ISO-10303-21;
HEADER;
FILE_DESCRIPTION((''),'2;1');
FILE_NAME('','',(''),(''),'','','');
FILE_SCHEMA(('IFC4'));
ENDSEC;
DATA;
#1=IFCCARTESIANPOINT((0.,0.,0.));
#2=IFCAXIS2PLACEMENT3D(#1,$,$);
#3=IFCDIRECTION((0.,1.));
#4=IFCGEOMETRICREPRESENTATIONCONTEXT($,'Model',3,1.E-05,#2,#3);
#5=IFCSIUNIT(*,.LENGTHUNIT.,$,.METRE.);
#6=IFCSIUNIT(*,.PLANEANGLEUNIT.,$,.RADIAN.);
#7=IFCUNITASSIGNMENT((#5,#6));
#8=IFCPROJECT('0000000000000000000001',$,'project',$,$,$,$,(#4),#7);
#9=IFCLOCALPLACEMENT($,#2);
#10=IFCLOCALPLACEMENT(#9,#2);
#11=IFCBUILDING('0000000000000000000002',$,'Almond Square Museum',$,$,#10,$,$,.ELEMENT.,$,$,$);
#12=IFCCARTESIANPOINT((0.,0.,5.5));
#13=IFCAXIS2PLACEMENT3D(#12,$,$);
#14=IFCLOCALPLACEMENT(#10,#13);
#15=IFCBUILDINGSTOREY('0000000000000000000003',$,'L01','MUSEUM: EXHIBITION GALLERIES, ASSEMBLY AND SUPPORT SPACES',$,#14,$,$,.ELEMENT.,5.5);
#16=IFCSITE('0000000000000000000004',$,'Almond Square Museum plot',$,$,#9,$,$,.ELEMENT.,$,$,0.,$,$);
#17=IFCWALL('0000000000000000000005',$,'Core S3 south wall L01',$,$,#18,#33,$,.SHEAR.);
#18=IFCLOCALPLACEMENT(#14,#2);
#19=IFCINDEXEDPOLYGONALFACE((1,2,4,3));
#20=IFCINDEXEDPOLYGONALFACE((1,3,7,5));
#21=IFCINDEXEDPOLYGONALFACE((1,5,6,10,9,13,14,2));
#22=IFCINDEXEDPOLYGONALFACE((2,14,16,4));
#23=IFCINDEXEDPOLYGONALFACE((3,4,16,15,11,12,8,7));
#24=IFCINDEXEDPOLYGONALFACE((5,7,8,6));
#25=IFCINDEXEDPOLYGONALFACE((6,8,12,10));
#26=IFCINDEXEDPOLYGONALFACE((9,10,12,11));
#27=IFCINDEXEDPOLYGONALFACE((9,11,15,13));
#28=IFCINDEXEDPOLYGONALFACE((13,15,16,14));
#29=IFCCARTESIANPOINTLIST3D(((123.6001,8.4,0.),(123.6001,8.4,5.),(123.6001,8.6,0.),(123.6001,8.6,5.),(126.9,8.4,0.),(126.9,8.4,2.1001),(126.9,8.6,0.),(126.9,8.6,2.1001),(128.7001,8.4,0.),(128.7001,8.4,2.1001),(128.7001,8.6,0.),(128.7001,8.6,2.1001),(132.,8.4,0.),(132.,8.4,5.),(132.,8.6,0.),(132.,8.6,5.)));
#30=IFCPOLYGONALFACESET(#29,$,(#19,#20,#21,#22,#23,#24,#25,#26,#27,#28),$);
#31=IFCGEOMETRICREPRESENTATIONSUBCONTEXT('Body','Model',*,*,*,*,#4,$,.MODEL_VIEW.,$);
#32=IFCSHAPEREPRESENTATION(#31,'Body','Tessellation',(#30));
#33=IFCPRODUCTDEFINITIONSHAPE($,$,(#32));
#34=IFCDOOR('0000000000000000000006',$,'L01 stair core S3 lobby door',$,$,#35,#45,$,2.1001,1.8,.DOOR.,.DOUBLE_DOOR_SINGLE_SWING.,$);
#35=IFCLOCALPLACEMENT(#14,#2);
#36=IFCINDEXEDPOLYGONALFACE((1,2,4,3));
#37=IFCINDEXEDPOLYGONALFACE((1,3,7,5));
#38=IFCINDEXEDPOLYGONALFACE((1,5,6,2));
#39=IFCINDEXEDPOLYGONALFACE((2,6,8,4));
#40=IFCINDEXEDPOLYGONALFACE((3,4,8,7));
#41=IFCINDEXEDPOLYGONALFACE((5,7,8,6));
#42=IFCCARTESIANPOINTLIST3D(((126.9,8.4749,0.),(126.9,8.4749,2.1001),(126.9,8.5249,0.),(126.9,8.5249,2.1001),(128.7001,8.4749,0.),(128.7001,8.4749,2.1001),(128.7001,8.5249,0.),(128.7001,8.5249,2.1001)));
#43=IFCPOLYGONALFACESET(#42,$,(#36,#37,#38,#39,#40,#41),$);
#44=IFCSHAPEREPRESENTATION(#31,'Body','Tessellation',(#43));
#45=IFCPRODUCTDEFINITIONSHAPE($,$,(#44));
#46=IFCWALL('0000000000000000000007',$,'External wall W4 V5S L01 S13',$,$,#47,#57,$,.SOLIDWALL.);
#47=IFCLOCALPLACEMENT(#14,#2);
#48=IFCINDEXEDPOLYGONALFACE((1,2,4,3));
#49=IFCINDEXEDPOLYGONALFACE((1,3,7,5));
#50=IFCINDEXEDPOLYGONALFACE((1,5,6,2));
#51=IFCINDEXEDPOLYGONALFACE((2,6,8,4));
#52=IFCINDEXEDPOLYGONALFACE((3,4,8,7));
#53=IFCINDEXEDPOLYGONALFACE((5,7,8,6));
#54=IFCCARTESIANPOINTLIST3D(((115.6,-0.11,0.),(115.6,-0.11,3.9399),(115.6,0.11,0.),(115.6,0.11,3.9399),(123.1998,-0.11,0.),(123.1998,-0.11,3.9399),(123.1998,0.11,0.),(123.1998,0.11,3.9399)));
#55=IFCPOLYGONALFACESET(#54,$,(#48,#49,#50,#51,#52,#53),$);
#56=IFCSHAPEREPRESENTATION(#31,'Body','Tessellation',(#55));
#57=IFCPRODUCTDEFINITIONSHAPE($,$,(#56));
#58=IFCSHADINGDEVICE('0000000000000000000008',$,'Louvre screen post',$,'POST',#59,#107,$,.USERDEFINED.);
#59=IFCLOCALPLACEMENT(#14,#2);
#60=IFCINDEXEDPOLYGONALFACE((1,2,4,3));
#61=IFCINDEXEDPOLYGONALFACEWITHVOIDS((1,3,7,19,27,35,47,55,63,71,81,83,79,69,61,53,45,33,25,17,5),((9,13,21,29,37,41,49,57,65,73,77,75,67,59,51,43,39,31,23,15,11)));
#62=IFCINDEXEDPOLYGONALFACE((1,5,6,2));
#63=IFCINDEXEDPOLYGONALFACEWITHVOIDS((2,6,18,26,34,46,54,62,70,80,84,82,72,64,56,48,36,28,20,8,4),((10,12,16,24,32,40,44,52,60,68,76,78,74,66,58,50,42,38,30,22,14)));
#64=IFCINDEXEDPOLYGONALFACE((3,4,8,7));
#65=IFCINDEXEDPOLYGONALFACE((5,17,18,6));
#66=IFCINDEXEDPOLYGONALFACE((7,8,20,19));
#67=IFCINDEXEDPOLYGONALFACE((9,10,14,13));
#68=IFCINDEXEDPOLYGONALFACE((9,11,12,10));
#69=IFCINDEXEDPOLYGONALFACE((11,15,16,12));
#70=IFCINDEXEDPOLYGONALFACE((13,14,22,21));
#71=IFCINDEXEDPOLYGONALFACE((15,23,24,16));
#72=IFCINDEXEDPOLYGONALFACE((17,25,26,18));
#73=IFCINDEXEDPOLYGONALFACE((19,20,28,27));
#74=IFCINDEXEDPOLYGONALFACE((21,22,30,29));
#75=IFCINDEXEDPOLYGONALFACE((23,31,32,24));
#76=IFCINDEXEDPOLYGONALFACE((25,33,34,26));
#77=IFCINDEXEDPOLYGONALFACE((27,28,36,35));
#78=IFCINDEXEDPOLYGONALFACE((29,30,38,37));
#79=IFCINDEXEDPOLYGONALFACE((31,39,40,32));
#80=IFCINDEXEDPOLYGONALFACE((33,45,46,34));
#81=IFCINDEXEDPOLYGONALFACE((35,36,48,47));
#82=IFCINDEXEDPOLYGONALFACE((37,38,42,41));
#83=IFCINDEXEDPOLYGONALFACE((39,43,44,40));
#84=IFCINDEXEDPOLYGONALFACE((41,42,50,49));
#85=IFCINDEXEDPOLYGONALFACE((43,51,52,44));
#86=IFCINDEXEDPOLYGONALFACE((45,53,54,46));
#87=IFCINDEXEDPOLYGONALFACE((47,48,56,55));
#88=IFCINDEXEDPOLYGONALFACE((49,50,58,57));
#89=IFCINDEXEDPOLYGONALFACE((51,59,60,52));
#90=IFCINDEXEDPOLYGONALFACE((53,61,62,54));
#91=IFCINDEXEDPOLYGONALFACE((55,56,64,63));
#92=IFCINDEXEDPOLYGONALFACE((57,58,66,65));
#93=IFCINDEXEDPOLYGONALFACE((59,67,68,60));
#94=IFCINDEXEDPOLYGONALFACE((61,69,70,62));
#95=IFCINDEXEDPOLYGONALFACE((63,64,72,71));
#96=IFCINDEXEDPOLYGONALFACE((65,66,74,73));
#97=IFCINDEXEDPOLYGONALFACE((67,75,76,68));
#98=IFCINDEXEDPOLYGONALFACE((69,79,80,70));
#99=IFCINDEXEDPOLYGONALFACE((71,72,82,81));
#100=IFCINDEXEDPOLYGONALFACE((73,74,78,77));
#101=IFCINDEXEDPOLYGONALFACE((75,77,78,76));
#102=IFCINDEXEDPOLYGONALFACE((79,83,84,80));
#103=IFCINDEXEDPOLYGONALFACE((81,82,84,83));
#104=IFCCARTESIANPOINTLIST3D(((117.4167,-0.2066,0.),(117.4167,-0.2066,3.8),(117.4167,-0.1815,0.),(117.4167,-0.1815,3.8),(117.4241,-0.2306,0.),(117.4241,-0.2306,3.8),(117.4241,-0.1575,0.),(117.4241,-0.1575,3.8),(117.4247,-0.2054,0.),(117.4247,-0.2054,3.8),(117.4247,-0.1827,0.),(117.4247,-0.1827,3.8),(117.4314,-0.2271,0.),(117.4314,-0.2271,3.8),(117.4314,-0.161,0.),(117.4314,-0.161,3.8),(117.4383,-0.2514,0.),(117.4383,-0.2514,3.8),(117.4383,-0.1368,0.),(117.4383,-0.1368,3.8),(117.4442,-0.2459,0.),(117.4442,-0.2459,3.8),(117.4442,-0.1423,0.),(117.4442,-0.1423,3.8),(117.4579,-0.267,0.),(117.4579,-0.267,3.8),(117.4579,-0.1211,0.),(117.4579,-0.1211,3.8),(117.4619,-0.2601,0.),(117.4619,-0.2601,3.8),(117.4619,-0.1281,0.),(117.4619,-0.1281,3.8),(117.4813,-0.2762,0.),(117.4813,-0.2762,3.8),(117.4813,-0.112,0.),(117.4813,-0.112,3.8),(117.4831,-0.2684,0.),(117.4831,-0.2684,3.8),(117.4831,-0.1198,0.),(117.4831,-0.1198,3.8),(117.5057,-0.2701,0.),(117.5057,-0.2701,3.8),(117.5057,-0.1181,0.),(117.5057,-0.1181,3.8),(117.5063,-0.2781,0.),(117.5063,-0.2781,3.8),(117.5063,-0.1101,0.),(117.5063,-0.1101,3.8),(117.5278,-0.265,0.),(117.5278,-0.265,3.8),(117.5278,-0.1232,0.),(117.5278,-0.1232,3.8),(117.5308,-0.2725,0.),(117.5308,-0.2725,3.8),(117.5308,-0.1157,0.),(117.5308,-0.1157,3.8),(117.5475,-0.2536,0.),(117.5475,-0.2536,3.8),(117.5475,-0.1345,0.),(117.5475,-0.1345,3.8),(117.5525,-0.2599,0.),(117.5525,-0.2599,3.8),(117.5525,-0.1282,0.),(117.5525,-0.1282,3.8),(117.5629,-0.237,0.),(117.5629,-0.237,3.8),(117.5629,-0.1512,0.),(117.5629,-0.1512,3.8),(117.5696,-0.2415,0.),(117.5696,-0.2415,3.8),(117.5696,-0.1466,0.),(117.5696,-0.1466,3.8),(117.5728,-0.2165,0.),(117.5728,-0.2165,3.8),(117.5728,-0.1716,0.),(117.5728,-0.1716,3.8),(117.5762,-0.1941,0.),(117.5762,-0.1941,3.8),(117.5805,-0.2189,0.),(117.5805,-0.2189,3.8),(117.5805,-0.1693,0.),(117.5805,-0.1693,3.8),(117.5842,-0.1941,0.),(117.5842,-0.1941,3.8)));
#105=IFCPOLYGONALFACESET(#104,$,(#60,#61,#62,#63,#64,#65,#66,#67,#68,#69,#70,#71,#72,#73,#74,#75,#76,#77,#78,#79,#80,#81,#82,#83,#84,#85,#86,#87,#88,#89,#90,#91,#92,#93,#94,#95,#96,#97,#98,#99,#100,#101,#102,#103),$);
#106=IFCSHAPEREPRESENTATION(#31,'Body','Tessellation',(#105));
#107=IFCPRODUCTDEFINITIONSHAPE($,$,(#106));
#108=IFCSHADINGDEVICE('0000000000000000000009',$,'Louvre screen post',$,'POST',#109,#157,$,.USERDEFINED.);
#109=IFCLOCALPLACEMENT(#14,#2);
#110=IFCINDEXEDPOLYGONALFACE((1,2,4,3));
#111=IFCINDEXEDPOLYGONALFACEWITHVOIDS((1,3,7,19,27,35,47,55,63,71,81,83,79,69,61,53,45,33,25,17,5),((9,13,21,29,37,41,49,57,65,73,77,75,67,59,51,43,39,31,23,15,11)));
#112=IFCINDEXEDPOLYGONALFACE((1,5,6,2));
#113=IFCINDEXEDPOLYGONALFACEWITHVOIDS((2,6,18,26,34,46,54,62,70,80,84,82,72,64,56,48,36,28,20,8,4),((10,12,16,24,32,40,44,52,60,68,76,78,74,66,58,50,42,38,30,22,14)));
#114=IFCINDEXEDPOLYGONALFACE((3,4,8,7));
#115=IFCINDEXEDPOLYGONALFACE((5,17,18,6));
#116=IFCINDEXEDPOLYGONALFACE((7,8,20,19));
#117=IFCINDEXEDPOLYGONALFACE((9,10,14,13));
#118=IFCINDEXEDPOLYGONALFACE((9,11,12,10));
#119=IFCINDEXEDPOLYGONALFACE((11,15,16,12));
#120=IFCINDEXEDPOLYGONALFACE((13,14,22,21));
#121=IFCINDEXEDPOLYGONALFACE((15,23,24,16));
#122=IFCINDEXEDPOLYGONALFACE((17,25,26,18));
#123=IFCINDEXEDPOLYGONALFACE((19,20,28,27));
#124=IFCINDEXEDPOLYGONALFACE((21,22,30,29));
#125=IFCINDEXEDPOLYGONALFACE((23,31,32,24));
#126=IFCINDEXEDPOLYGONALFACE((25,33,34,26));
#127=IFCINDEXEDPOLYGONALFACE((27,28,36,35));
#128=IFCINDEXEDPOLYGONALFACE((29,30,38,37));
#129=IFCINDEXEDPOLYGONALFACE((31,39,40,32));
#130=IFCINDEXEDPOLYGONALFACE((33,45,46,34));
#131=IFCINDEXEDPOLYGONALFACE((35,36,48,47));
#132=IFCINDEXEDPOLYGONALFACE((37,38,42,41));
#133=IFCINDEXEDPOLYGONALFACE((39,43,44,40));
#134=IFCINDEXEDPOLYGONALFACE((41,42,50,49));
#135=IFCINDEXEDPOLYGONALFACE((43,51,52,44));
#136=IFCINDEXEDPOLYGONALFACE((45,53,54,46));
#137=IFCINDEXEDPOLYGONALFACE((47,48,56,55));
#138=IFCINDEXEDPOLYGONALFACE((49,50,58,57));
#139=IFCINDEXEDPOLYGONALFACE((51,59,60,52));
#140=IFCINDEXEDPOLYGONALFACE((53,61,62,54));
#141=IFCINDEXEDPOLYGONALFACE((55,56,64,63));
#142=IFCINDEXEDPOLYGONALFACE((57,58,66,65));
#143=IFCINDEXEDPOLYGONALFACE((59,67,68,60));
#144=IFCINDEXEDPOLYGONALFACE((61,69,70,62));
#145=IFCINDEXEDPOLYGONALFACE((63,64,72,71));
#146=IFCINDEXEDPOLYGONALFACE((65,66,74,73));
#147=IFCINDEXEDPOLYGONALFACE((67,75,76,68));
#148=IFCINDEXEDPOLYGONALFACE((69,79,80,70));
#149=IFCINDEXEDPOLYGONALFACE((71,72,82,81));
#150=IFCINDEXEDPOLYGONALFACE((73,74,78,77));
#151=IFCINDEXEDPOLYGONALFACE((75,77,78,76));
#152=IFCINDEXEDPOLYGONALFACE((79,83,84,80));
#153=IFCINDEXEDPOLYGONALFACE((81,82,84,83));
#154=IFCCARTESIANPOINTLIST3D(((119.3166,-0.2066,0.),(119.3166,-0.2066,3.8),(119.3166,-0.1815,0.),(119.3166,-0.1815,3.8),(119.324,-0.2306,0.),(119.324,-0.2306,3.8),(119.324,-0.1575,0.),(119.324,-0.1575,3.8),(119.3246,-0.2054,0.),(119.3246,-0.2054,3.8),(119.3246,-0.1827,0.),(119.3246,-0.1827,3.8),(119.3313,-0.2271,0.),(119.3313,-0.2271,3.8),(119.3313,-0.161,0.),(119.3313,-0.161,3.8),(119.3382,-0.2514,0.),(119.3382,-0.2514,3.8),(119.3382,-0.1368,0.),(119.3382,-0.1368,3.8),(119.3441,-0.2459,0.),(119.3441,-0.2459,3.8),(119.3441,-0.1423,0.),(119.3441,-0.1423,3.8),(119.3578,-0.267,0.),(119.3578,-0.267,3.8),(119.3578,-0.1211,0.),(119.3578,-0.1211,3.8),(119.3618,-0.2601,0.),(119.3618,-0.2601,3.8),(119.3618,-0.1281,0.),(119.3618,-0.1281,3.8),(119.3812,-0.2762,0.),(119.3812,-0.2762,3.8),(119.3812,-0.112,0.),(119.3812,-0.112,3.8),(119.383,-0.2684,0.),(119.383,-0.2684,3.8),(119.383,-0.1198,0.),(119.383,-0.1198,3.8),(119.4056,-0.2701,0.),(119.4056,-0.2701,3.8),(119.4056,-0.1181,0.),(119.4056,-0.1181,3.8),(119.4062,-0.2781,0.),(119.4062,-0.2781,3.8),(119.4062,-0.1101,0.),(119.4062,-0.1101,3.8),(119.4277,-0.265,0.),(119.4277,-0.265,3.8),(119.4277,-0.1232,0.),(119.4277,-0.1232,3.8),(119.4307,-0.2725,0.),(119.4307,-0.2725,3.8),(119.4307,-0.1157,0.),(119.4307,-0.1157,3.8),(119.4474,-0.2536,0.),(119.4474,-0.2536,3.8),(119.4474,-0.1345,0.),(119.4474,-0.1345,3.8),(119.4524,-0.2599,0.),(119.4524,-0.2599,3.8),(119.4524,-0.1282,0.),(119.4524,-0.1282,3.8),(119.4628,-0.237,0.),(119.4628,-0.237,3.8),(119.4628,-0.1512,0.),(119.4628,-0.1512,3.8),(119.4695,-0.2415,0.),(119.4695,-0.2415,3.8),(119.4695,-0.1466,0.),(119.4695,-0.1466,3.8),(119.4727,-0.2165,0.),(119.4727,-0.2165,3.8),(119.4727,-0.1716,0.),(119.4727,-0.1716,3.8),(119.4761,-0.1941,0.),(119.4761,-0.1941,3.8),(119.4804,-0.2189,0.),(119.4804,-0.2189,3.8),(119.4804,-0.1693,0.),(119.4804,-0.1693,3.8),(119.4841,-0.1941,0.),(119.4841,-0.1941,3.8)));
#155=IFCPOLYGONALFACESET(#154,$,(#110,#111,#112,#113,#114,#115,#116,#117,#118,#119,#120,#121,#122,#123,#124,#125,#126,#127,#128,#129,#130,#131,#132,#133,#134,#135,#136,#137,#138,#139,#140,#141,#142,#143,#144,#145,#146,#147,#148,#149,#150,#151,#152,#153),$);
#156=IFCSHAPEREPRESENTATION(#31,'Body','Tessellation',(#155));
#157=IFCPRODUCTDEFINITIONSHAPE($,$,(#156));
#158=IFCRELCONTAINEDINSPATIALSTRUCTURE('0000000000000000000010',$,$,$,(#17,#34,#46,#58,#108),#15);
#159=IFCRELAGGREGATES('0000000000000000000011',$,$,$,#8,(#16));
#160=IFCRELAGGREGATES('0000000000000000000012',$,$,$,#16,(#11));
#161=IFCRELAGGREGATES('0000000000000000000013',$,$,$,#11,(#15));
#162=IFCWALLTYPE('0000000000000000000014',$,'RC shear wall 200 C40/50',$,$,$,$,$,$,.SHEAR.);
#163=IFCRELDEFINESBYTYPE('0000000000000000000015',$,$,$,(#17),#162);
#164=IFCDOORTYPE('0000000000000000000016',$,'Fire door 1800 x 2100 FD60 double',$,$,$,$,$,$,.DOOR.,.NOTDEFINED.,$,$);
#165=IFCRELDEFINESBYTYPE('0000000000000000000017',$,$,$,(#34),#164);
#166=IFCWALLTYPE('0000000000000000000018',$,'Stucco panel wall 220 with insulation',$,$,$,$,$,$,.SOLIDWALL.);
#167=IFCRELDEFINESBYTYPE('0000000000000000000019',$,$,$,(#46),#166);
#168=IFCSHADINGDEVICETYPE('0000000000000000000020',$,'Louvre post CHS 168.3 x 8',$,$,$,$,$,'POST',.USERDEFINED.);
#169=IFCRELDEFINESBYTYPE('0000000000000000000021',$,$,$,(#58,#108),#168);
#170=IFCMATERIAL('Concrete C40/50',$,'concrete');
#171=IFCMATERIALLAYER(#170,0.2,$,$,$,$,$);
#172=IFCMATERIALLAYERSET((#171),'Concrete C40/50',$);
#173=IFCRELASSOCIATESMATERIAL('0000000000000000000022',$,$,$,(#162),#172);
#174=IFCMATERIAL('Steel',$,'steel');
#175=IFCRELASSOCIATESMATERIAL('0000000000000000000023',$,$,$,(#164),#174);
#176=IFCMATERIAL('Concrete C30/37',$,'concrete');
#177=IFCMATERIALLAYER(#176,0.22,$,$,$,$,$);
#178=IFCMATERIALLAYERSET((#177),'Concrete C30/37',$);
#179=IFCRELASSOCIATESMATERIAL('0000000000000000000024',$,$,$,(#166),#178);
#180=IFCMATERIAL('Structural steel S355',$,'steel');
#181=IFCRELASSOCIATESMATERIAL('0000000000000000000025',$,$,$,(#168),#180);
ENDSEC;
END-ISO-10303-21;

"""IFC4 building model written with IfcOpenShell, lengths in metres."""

from ifc_helpers import new_model, si_unit, direction, frame, frame_2d, origin, origin_2d, place, context, subcontext, project, spatial, rectangle, hollow_circle, extrude, material, layer, layer_set, material_profile, profile_set, type_object, element, fill, save


model = new_model("IFC4")

# Units and contexts
model_context = context("Model", 3, precision=1e-05, world=origin(), true_north=direction((0.0, 1.0)))
body_context = subcontext(model_context, "Body", "Model", "MODEL_VIEW")
ifc_project = project(units=[si_unit("LENGTHUNIT", "METRE"), si_unit("PLANEANGLEUNIT", "RADIAN")], contexts=[model_context])

# Site, building, storey
site_placement = place(None, origin())
site = spatial("IfcSite", under=ifc_project, at=site_placement, Name="Almond Square Museum plot", CompositionType="ELEMENT", RefElevation=0.0)
building_placement = place(site_placement, origin())
building = spatial("IfcBuilding", under=site, at=building_placement, Name="Almond Square Museum", CompositionType="ELEMENT")
storey_placement = place(building_placement, frame((0.0, 0.0, 5.5)))
storey = spatial("IfcBuildingStorey", under=building, at=storey_placement, Name="L01", Description="MUSEUM: EXHIBITION GALLERIES, ASSEMBLY AND SUPPORT SPACES", CompositionType="ELEMENT", Elevation=5.5)

# Wall, opening, door
ifc_material_1 = material(Name="Concrete C40/50", Category="concrete")
ifc_layer_1 = layer(ifc_material_1, 0.2)
ifc_layer_set_1 = layer_set([ifc_layer_1], Name="Concrete C40/50")
wall_type_1 = type_object("IfcWallType", Name="RC shear wall 200 C40/50", PredefinedType="SHEAR", material=ifc_layer_set_1)
wall_1_placement = place(storey_placement, frame((123.6001, 8.5, 0.0), z_axis=(0.0, 0.0, 1.0), x_axis=(1.0, 0.0, 0.0)))
wall_1 = element("IfcWall", 1, at=wall_1_placement, inside=storey, type_object=wall_type_1, Name="Core S3 south wall L01", PredefinedType="SHEAR", context=body_context, shape_type="SweptSolid", body=[
    extrude(rectangle(XDim=8.3999, YDim=0.2, at=frame_2d((4.2, 0.0))), origin(), (0.0, 0.0, 1.0), 5.0),
])
opening_1_placement = place(wall_1_placement, frame((3.3, 0.0, 0.0)))
opening_1 = element("IfcOpeningElement", 2, at=opening_1_placement, cuts=wall_1, PredefinedType="OPENING", context=body_context, shape_type="SweptSolid", body=[
    extrude(rectangle(XDim=1.8, YDim=2.1001, at=frame_2d((0.8999, 1.05))), frame((0.0, 0.1099, 0.0), z_axis=(0.0, -1.0, 0.0), x_axis=(1.0, 0.0, 0.0)), (0.0, 0.0, 1.0), 0.22),
])
ifc_material_2 = material(Name="Steel", Category="steel")
door_type_1 = type_object("IfcDoorType", Name="Fire door 1800 x 2100 FD60 double", OperationType="NOTDEFINED", PredefinedType="DOOR", material=ifc_material_2)
door_1_placement = place(opening_1_placement, origin())
door_1 = element("IfcDoor", 3, at=door_1_placement, inside=storey, type_object=door_type_1, Name="L01 stair core S3 lobby door", OperationType="DOUBLE_DOOR_SINGLE_SWING", OverallHeight=2.1001, OverallWidth=1.8, PredefinedType="DOOR", context=body_context, shape_type="SweptSolid", body=[
    extrude(rectangle(XDim=1.8, YDim=2.1001, at=frame_2d((0.8999, 1.05))), frame((0.0, 0.0249, 0.0), z_axis=(0.0, -1.0, 0.0), x_axis=(1.0, 0.0, 0.0)), (0.0, 0.0, 1.0), 0.05),
])
fill(opening_1, door_1)

# Wall
ifc_material_3 = material(Name="Concrete C30/37", Category="concrete")
ifc_layer_2 = layer(ifc_material_3, 0.22)
ifc_layer_set_2 = layer_set([ifc_layer_2], Name="Concrete C30/37")
wall_type_2 = type_object("IfcWallType", Name="Stucco panel wall 220 with insulation", PredefinedType="SOLIDWALL", material=ifc_layer_set_2)
wall_2_placement = place(storey_placement, frame((115.6001, 0.0, 0.0), z_axis=(0.0, 0.0, 1.0), x_axis=(1.0, 0.0, 0.0)))
element("IfcWall", 4, at=wall_2_placement, inside=storey, type_object=wall_type_2, Name="External wall W4 V5S L01 S13", PredefinedType="SOLIDWALL", context=body_context, shape_type="SweptSolid", body=[
    extrude(rectangle(XDim=7.5999, YDim=0.22, at=frame_2d((3.7998, 0.0))), origin(), (0.0, 0.0, 1.0), 3.9399),
])

# Shading devices
ifc_material_4 = material(Name="Structural steel S355", Category="steel")
ifc_material_profile_1 = material_profile(ifc_material_4, hollow_circle(Radius=0.0842, WallThickness=0.0081, at=origin_2d()))
ifc_profile_set_1 = profile_set([ifc_material_profile_1], Name="Structural steel S355")
shading_device_type = type_object("IfcShadingDeviceType", Name="Louvre post CHS 168.3 x 8", ElementType="POST", PredefinedType="USERDEFINED", material=ifc_profile_set_1)
for number, where, z_axis, x_axis, name in (
    (5, (117.5, -0.1941, 0.0), (0.0, 0.0, 1.0), (1.0, 0.0, 0.0), "Louvre screen post"),
    (6, (119.3999, -0.1941, 0.0), (0.0, 0.0, 1.0), (1.0, 0.0, 0.0), "Louvre screen post"),
):
    element("IfcShadingDevice", number, at=place(storey_placement, frame(where, z_axis=z_axis, x_axis=x_axis)), inside=storey, type_object=shading_device_type, Name=name, ObjectType="POST", PredefinedType="USERDEFINED", context=body_context, shape_type="SweptSolid", body=[
        extrude(hollow_circle(Radius=0.0842, WallThickness=0.0081, at=origin_2d()), origin(), (0.0, 0.0, 1.0), 3.8),
    ])

save(model, "model.ifc")
